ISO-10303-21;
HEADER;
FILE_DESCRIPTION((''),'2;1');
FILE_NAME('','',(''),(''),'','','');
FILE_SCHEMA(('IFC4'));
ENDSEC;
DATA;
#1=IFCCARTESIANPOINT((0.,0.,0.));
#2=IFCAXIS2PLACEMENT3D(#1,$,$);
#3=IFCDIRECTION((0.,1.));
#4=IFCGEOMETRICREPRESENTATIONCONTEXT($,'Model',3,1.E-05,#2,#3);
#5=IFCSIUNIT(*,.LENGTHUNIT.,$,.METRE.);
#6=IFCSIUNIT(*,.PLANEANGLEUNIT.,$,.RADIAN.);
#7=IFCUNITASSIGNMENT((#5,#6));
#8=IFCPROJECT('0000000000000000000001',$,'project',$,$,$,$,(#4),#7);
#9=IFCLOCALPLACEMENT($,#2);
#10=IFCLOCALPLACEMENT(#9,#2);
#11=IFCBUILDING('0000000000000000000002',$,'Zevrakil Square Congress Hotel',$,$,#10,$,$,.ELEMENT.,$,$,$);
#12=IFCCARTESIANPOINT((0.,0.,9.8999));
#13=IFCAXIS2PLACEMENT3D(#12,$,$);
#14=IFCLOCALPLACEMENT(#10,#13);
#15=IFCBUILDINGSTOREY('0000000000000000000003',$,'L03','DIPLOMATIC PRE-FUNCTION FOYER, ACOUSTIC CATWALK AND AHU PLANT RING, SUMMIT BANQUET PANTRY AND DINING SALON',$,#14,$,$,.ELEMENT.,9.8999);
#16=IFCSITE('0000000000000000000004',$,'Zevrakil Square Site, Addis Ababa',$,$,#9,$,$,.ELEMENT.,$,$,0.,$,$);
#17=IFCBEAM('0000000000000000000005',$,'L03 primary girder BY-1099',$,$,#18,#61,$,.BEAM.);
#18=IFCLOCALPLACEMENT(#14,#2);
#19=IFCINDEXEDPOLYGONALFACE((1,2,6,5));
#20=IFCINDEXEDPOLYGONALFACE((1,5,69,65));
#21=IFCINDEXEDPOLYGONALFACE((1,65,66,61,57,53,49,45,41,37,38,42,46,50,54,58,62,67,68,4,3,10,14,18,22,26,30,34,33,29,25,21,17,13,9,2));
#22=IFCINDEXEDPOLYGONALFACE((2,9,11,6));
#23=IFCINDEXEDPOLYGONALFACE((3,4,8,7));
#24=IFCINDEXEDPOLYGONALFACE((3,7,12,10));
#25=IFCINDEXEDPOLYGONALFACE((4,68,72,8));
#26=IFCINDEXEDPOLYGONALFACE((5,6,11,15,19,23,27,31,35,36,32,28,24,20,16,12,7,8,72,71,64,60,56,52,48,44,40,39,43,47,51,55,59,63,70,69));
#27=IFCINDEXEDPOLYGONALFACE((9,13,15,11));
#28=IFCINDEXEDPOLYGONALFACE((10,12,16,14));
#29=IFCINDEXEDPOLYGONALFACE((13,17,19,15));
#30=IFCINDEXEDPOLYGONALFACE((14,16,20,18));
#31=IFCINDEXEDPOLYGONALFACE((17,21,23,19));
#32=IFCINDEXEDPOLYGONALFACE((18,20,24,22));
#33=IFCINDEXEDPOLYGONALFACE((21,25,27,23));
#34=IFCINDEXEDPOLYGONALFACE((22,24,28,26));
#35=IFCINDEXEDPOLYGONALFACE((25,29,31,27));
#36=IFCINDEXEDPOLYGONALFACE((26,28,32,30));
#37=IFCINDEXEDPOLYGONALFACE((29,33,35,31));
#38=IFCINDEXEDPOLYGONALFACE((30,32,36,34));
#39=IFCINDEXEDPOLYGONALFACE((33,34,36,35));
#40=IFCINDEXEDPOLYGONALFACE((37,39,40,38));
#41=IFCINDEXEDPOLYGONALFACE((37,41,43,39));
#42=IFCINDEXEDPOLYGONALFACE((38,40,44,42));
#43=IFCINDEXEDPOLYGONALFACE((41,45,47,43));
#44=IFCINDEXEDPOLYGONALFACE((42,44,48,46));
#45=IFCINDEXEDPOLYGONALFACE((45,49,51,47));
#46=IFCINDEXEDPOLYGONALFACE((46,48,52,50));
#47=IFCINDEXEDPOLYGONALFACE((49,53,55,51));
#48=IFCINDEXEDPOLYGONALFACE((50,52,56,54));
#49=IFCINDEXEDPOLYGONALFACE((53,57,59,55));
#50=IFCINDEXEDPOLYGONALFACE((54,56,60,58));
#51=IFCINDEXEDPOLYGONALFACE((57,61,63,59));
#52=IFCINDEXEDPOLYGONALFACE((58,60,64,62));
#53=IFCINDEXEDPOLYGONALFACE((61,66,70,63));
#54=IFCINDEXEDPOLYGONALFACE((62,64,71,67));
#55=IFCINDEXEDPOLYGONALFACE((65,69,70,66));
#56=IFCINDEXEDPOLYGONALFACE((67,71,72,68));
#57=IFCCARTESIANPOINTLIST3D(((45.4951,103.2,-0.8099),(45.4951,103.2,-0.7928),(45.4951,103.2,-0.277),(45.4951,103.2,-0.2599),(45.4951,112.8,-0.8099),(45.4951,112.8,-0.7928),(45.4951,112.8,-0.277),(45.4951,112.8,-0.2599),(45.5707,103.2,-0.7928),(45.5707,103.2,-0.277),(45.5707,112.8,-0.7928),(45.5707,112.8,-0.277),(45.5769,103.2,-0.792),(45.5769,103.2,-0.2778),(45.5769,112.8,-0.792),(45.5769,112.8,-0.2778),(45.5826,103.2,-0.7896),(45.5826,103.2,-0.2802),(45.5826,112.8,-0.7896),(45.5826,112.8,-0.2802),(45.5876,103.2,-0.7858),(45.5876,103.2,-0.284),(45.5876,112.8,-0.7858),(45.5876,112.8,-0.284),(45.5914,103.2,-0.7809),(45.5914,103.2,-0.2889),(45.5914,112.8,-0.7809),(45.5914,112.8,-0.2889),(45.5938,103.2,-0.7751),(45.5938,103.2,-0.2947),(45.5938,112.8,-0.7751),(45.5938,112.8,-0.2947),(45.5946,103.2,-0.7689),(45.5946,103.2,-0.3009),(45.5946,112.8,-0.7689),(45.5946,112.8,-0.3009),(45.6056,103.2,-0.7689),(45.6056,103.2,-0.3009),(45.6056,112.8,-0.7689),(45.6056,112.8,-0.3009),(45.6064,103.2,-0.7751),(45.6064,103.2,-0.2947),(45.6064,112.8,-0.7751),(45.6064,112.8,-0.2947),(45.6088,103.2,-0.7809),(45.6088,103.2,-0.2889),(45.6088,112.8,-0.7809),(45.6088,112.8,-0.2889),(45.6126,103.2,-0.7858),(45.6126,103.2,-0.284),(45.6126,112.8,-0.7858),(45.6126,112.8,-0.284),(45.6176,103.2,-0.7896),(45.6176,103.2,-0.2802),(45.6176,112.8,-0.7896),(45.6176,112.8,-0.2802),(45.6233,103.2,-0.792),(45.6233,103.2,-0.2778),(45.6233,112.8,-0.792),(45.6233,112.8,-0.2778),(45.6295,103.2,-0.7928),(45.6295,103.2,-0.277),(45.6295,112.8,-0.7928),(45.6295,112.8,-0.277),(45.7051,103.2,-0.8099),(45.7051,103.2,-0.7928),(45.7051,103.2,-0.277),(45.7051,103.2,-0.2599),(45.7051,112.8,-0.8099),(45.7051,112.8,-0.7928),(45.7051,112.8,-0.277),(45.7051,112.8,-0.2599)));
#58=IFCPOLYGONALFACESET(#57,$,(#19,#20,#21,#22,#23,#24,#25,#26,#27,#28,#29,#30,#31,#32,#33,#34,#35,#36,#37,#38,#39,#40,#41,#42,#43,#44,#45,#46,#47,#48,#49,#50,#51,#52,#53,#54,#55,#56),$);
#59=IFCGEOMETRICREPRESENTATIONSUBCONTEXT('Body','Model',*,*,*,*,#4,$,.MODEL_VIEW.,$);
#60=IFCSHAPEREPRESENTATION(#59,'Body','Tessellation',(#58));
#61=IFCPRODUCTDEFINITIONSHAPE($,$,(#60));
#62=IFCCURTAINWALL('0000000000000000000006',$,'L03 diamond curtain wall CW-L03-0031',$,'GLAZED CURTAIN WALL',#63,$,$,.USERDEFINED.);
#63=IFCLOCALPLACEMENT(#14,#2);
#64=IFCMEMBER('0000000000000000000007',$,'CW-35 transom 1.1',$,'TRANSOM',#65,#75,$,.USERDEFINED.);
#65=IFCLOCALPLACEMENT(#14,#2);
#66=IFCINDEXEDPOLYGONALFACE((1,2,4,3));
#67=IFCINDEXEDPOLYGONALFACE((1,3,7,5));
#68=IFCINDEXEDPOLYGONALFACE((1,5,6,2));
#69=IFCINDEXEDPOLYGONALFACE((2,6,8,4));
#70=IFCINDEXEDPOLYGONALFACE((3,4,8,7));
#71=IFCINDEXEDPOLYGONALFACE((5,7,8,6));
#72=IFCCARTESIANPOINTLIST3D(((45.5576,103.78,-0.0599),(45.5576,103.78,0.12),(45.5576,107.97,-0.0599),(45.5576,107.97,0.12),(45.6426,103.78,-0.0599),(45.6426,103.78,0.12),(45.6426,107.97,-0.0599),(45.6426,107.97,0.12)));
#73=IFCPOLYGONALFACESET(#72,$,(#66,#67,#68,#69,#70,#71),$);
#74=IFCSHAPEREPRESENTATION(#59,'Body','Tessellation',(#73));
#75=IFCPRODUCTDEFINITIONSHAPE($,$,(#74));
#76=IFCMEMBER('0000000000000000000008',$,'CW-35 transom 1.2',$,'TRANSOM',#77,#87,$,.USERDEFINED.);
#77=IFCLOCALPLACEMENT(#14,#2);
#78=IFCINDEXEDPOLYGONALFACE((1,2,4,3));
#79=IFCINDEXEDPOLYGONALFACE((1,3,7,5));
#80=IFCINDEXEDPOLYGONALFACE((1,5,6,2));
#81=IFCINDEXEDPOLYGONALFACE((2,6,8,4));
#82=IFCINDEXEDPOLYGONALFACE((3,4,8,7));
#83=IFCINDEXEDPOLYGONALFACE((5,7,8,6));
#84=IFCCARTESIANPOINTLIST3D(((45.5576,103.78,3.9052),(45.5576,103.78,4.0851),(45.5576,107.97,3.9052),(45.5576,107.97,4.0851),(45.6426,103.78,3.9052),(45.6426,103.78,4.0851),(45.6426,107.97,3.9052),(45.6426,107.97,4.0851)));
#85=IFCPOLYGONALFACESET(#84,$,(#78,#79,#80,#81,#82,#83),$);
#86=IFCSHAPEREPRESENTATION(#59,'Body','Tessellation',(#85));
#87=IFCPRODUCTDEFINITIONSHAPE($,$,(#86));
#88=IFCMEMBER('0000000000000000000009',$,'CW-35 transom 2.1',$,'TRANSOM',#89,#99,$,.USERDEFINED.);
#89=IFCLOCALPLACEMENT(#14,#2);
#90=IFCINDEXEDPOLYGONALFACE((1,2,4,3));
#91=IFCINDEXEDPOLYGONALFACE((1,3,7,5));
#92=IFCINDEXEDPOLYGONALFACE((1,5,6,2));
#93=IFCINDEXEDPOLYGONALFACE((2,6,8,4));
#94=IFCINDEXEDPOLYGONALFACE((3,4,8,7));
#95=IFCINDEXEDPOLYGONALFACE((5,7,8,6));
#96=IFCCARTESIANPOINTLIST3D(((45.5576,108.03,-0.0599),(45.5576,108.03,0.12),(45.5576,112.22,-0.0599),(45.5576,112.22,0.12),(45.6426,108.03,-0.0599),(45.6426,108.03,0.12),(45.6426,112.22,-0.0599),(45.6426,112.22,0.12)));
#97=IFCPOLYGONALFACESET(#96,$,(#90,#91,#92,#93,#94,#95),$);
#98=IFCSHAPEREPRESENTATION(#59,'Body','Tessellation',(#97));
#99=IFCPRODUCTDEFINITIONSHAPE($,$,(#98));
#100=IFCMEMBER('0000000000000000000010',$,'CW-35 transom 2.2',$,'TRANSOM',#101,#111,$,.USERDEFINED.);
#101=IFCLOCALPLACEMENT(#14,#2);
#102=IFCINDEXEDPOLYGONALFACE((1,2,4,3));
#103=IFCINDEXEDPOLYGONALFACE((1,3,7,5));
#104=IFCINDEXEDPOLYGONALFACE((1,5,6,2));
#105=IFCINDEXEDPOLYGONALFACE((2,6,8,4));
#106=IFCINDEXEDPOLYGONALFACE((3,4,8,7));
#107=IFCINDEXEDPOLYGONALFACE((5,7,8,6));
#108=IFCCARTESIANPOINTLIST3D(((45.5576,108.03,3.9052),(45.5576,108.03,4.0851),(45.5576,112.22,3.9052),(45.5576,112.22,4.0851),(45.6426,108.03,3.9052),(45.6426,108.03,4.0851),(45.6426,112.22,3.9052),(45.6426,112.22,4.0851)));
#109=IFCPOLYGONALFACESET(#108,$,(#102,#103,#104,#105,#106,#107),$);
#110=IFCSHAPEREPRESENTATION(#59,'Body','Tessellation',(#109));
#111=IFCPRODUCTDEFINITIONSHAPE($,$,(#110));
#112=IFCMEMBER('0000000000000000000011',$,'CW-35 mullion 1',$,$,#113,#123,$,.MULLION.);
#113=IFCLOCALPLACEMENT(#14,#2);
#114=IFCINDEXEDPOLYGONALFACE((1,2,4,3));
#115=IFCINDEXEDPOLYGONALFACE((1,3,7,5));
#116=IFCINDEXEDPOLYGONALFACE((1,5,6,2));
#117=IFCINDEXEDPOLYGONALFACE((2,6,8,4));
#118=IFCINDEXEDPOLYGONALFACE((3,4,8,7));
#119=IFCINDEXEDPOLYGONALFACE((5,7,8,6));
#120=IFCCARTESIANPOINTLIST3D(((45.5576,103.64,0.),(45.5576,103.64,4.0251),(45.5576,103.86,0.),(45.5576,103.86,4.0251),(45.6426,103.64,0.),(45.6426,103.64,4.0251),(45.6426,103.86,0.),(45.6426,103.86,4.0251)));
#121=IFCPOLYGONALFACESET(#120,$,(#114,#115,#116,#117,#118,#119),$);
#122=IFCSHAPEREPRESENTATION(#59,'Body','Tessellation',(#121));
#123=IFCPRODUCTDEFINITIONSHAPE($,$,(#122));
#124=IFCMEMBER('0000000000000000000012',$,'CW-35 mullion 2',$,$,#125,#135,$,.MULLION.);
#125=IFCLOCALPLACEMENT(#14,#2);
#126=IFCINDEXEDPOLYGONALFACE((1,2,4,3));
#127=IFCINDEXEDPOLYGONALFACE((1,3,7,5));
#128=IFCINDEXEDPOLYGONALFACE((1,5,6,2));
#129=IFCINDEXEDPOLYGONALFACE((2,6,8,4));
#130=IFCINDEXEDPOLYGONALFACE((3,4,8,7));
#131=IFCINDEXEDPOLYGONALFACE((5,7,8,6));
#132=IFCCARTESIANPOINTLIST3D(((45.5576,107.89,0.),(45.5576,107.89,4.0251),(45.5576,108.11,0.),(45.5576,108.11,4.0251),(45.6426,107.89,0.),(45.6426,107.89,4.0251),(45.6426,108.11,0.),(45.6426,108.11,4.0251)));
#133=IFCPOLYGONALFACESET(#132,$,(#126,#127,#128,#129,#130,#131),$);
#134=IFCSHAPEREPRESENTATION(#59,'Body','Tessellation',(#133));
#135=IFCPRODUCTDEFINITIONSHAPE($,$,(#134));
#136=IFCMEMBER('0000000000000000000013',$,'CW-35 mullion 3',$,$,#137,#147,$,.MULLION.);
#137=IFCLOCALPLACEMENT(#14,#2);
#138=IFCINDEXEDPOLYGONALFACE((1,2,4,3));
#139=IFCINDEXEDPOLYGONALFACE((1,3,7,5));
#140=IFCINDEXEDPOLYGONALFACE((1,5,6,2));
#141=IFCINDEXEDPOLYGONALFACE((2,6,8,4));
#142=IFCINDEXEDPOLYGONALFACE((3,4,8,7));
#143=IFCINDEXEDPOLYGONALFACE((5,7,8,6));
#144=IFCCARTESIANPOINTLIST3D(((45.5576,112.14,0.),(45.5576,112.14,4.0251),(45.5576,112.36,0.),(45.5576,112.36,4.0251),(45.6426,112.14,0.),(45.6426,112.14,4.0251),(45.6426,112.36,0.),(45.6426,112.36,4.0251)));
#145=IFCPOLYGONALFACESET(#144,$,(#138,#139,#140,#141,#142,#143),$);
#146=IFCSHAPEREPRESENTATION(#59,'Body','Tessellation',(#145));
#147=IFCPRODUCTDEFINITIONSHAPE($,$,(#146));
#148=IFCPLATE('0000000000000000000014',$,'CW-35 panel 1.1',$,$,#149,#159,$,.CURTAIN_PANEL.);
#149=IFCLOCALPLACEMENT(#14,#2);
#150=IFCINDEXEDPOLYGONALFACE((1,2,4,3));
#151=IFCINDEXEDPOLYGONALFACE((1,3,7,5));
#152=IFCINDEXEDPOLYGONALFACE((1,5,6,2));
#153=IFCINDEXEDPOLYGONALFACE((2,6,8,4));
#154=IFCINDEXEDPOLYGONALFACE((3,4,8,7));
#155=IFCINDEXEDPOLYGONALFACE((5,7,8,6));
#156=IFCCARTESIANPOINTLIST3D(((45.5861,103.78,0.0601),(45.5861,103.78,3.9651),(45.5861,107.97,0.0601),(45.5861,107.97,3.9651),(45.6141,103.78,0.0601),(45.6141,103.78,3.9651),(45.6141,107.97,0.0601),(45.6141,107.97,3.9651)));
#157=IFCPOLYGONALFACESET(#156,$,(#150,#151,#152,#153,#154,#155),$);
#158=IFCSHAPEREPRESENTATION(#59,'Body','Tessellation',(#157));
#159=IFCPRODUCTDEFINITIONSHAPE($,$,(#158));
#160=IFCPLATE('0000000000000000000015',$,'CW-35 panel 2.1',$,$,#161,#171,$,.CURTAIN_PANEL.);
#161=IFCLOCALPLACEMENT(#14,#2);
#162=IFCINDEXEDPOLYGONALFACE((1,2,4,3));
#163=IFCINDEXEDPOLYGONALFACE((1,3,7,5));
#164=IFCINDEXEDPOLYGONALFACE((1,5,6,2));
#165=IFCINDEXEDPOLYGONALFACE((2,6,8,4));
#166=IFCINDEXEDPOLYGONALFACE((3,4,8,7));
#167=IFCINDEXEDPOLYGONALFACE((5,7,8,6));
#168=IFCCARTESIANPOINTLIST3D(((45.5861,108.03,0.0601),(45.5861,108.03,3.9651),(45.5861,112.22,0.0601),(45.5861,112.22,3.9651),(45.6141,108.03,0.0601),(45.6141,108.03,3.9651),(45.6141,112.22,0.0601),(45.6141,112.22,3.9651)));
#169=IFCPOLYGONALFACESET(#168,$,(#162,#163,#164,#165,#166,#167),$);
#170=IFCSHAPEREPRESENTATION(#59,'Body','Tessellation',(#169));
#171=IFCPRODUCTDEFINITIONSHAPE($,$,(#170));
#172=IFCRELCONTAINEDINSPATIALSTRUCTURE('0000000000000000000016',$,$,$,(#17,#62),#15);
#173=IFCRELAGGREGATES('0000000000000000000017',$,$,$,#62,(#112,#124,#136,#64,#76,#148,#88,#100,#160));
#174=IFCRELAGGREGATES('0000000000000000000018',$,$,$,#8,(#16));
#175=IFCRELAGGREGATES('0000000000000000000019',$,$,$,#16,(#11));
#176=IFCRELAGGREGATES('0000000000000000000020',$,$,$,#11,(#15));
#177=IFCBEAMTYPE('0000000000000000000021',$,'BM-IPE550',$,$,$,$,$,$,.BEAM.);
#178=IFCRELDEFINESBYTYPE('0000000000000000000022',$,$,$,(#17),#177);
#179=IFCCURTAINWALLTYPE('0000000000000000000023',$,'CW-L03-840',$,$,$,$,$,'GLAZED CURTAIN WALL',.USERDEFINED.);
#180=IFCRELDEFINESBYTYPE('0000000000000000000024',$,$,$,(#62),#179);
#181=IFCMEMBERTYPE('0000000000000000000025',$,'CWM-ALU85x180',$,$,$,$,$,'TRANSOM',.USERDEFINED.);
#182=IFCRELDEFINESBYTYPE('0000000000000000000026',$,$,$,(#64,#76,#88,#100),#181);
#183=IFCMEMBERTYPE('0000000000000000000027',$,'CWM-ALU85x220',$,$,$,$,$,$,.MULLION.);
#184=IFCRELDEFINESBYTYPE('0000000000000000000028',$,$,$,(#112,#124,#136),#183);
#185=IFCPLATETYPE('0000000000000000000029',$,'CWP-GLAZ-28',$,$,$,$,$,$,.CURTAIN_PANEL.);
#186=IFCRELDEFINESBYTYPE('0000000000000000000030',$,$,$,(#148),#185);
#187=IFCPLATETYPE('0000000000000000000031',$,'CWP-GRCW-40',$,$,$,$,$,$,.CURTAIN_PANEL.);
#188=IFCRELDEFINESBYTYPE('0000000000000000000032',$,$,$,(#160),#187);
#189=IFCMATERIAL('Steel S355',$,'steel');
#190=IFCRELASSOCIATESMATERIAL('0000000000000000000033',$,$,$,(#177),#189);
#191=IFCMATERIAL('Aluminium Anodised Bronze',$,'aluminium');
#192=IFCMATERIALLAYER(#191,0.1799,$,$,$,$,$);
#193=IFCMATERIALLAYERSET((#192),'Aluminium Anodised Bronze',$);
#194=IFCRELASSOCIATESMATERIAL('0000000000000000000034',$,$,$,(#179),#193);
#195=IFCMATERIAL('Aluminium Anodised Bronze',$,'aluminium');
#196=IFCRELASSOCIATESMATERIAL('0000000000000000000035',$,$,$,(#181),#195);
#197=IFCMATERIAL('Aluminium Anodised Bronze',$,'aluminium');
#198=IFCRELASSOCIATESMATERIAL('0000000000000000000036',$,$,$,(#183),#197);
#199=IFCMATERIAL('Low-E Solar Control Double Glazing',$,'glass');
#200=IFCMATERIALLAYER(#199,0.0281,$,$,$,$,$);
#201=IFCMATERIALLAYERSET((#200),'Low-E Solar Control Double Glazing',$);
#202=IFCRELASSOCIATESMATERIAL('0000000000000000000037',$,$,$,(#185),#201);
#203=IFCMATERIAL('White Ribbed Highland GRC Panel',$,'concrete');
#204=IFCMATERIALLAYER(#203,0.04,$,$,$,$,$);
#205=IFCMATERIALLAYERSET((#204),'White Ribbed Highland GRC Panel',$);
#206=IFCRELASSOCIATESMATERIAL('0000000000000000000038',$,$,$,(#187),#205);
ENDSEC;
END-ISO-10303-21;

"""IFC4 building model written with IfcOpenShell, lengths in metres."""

from ifc_helpers import new_model, si_unit, direction, frame, origin, origin_2d, place, context, subcontext, project, spatial, rectangle, i_section, extrude, material, layer, layer_set, material_profile, profile_set, type_object, element, aggregate, save


model = new_model("IFC4")

# Units and contexts
model_context = context("Model", 3, precision=1e-05, world=origin(), true_north=direction((0.0, 1.0)))
body_context = subcontext(model_context, "Body", "Model", "MODEL_VIEW")
ifc_project = project(units=[si_unit("LENGTHUNIT", "METRE"), si_unit("PLANEANGLEUNIT", "RADIAN")], contexts=[model_context])

# Site, building, storey
site_placement = place(None, origin())
site = spatial("IfcSite", under=ifc_project, at=site_placement, Name="Zevrakil Square Site, Addis Ababa", CompositionType="ELEMENT", RefElevation=0.0)
building_placement = place(site_placement, origin())
building = spatial("IfcBuilding", under=site, at=building_placement, Name="Zevrakil Square Congress Hotel", CompositionType="ELEMENT")
storey_placement = place(building_placement, frame((0.0, 0.0, 9.8999)))
storey = spatial("IfcBuildingStorey", under=building, at=storey_placement, Name="L03", Description="DIPLOMATIC PRE-FUNCTION FOYER, ACOUSTIC CATWALK AND AHU PLANT RING, SUMMIT BANQUET PANTRY AND DINING SALON", CompositionType="ELEMENT", Elevation=9.8999)

# Beam
ifc_material_1 = material(Name="Steel S355", Category="steel")
ifc_material_profile_1 = material_profile(ifc_material_1, i_section(OverallWidth=0.21, OverallDepth=0.55, WebThickness=0.011, FlangeThickness=0.0171, FilletRadius=0.0239, at=origin_2d()), Name="IPE 550")
ifc_profile_set_1 = profile_set([ifc_material_profile_1], Name="Steel S355")
beam_type_1 = type_object("IfcBeamType", Name="BM-IPE550", PredefinedType="BEAM", material=ifc_profile_set_1)
beam_placement = place(storey_placement, frame((45.6001, 103.2, -0.5349), z_axis=(0.0, 1.0, 0.0), x_axis=(-1.0, 0.0, 0.0)))
element("IfcBeam", 1, at=beam_placement, inside=storey, type_object=beam_type_1, Name="L03 primary girder BY-1099", PredefinedType="BEAM", context=body_context, shape_type="SweptSolid", body=[
    extrude(i_section(OverallWidth=0.21, OverallDepth=0.55, WebThickness=0.011, FlangeThickness=0.0171, FilletRadius=0.0239, at=origin_2d()), origin(), (0.0, 0.0, 1.0), 9.6001),
])

# Curtain wall, members, plates
ifc_material_2 = material(Name="Aluminium Anodised Bronze", Category="aluminium")
ifc_layer_1 = layer(ifc_material_2, 0.1799)
ifc_layer_set_1 = layer_set([ifc_layer_1], Name="Aluminium Anodised Bronze")
curtain_wall_type = type_object("IfcCurtainWallType", Name="CW-L03-840", ElementType="GLAZED CURTAIN WALL", PredefinedType="USERDEFINED", material=ifc_layer_set_1)
curtain_wall_placement = place(storey_placement, origin())
curtain_wall = element("IfcCurtainWall", 2, at=curtain_wall_placement, inside=storey, type_object=curtain_wall_type, Name="L03 diamond curtain wall CW-L03-0031", ObjectType="GLAZED CURTAIN WALL", PredefinedType="USERDEFINED")
ifc_material_3 = material(Name="Aluminium Anodised Bronze", Category="aluminium")
ifc_material_profile_2 = material_profile(ifc_material_3, rectangle(XDim=0.085, YDim=0.1799, at=origin_2d()), Name="ALU 85x180")
ifc_profile_set_2 = profile_set([ifc_material_profile_2], Name="Aluminium Anodised Bronze")
member_type_1 = type_object("IfcMemberType", Name="CWM-ALU85x180", ElementType="TRANSOM", PredefinedType="USERDEFINED", material=ifc_profile_set_2)
member_1_placement = place(storey_placement, frame((45.6001, 103.78, 0.03), z_axis=(0.0, 1.0, 0.0), x_axis=(-1.0, 0.0, 0.0)))
member_1 = element("IfcMember", 3, at=member_1_placement, type_object=member_type_1, Name="CW-35 transom 1.1", ObjectType="TRANSOM", PredefinedType="USERDEFINED", context=body_context, shape_type="SweptSolid", body=[
    extrude(rectangle(XDim=0.085, YDim=0.1799, at=origin_2d()), origin(), (0.0, 0.0, 1.0), 4.1899),
])
member_2_placement = place(storey_placement, frame((45.6001, 103.78, 3.9951), z_axis=(0.0, 1.0, 0.0), x_axis=(-1.0, 0.0, 0.0)))
member_2 = element("IfcMember", 4, at=member_2_placement, type_object=member_type_1, Name="CW-35 transom 1.2", ObjectType="TRANSOM", PredefinedType="USERDEFINED", context=body_context, shape_type="SweptSolid", body=[
    extrude(rectangle(XDim=0.085, YDim=0.1799, at=origin_2d()), origin(), (0.0, 0.0, 1.0), 4.1899),
])
member_3_placement = place(storey_placement, frame((45.6001, 108.03, 0.03), z_axis=(0.0, 1.0, 0.0), x_axis=(-1.0, 0.0, 0.0)))
member_3 = element("IfcMember", 5, at=member_3_placement, type_object=member_type_1, Name="CW-35 transom 2.1", ObjectType="TRANSOM", PredefinedType="USERDEFINED", context=body_context, shape_type="SweptSolid", body=[
    extrude(rectangle(XDim=0.085, YDim=0.1799, at=origin_2d()), origin(), (0.0, 0.0, 1.0), 4.1899),
])
member_4_placement = place(storey_placement, frame((45.6001, 108.03, 3.9951), z_axis=(0.0, 1.0, 0.0), x_axis=(-1.0, 0.0, 0.0)))
member_4 = element("IfcMember", 6, at=member_4_placement, type_object=member_type_1, Name="CW-35 transom 2.2", ObjectType="TRANSOM", PredefinedType="USERDEFINED", context=body_context, shape_type="SweptSolid", body=[
    extrude(rectangle(XDim=0.085, YDim=0.1799, at=origin_2d()), origin(), (0.0, 0.0, 1.0), 4.1899),
])
ifc_material_4 = material(Name="Aluminium Anodised Bronze", Category="aluminium")
ifc_material_profile_3 = material_profile(ifc_material_4, rectangle(XDim=0.085, YDim=0.22, at=origin_2d()), Name="ALU 85x220")
ifc_profile_set_3 = profile_set([ifc_material_profile_3], Name="Aluminium Anodised Bronze")
member_type_2 = type_object("IfcMemberType", Name="CWM-ALU85x220", PredefinedType="MULLION", material=ifc_profile_set_3)
member_5_placement = place(storey_placement, frame((45.6001, 103.75, 0.0), z_axis=(0.0, 0.0, 1.0), x_axis=(-1.0, 0.0, 0.0)))
member_5 = element("IfcMember", 7, at=member_5_placement, type_object=member_type_2, Name="CW-35 mullion 1", PredefinedType="MULLION", context=body_context, shape_type="SweptSolid", body=[
    extrude(rectangle(XDim=0.085, YDim=0.22, at=origin_2d()), origin(), (0.0, 0.0, 1.0), 4.0251),
])
member_6_placement = place(storey_placement, frame((45.6001, 108.0, 0.0), z_axis=(0.0, 0.0, 1.0), x_axis=(-1.0, 0.0, 0.0)))
member_6 = element("IfcMember", 8, at=member_6_placement, type_object=member_type_2, Name="CW-35 mullion 2", PredefinedType="MULLION", context=body_context, shape_type="SweptSolid", body=[
    extrude(rectangle(XDim=0.085, YDim=0.22, at=origin_2d()), origin(), (0.0, 0.0, 1.0), 4.0251),
])
member_7_placement = place(storey_placement, frame((45.6001, 112.25, 0.0), z_axis=(0.0, 0.0, 1.0), x_axis=(-1.0, 0.0, 0.0)))
member_7 = element("IfcMember", 9, at=member_7_placement, type_object=member_type_2, Name="CW-35 mullion 3", PredefinedType="MULLION", context=body_context, shape_type="SweptSolid", body=[
    extrude(rectangle(XDim=0.085, YDim=0.22, at=origin_2d()), origin(), (0.0, 0.0, 1.0), 4.0251),
])
ifc_material_5 = material(Name="Low-E Solar Control Double Glazing", Category="glass")
ifc_layer_2 = layer(ifc_material_5, 0.0281)
ifc_layer_set_2 = layer_set([ifc_layer_2], Name="Low-E Solar Control Double Glazing")
plate_type_1 = type_object("IfcPlateType", Name="CWP-GLAZ-28", PredefinedType="CURTAIN_PANEL", material=ifc_layer_set_2)
plate_1_placement = place(storey_placement, frame((45.6001, 105.875, 0.0601), z_axis=(0.0, 0.0, 1.0), x_axis=(0.0, 1.0, 0.0)))
plate_1 = element("IfcPlate", 10, at=plate_1_placement, type_object=plate_type_1, Name="CW-35 panel 1.1", PredefinedType="CURTAIN_PANEL", context=body_context, shape_type="SweptSolid", body=[
    extrude(rectangle(XDim=4.1899, YDim=0.0281, at=origin_2d()), origin(), (0.0, 0.0, 1.0), 3.905),
])
ifc_material_6 = material(Name="White Ribbed Highland GRC Panel", Category="concrete")
ifc_layer_3 = layer(ifc_material_6, 0.04)
ifc_layer_set_3 = layer_set([ifc_layer_3], Name="White Ribbed Highland GRC Panel")
plate_type_2 = type_object("IfcPlateType", Name="CWP-GRCW-40", PredefinedType="CURTAIN_PANEL", material=ifc_layer_set_3)
plate_2_placement = place(storey_placement, frame((45.6001, 110.125, 0.0601), z_axis=(0.0, 0.0, 1.0), x_axis=(0.0, 1.0, 0.0)))
plate_2 = element("IfcPlate", 11, at=plate_2_placement, type_object=plate_type_2, Name="CW-35 panel 2.1", PredefinedType="CURTAIN_PANEL", context=body_context, shape_type="SweptSolid", body=[
    extrude(rectangle(XDim=4.1899, YDim=0.0281, at=origin_2d()), origin(), (0.0, 0.0, 1.0), 3.905),
])
aggregate(curtain_wall, [member_5, member_6, member_7, member_1, member_2, plate_1, member_3, member_4, plate_2])

save(model, "model.ifc")
